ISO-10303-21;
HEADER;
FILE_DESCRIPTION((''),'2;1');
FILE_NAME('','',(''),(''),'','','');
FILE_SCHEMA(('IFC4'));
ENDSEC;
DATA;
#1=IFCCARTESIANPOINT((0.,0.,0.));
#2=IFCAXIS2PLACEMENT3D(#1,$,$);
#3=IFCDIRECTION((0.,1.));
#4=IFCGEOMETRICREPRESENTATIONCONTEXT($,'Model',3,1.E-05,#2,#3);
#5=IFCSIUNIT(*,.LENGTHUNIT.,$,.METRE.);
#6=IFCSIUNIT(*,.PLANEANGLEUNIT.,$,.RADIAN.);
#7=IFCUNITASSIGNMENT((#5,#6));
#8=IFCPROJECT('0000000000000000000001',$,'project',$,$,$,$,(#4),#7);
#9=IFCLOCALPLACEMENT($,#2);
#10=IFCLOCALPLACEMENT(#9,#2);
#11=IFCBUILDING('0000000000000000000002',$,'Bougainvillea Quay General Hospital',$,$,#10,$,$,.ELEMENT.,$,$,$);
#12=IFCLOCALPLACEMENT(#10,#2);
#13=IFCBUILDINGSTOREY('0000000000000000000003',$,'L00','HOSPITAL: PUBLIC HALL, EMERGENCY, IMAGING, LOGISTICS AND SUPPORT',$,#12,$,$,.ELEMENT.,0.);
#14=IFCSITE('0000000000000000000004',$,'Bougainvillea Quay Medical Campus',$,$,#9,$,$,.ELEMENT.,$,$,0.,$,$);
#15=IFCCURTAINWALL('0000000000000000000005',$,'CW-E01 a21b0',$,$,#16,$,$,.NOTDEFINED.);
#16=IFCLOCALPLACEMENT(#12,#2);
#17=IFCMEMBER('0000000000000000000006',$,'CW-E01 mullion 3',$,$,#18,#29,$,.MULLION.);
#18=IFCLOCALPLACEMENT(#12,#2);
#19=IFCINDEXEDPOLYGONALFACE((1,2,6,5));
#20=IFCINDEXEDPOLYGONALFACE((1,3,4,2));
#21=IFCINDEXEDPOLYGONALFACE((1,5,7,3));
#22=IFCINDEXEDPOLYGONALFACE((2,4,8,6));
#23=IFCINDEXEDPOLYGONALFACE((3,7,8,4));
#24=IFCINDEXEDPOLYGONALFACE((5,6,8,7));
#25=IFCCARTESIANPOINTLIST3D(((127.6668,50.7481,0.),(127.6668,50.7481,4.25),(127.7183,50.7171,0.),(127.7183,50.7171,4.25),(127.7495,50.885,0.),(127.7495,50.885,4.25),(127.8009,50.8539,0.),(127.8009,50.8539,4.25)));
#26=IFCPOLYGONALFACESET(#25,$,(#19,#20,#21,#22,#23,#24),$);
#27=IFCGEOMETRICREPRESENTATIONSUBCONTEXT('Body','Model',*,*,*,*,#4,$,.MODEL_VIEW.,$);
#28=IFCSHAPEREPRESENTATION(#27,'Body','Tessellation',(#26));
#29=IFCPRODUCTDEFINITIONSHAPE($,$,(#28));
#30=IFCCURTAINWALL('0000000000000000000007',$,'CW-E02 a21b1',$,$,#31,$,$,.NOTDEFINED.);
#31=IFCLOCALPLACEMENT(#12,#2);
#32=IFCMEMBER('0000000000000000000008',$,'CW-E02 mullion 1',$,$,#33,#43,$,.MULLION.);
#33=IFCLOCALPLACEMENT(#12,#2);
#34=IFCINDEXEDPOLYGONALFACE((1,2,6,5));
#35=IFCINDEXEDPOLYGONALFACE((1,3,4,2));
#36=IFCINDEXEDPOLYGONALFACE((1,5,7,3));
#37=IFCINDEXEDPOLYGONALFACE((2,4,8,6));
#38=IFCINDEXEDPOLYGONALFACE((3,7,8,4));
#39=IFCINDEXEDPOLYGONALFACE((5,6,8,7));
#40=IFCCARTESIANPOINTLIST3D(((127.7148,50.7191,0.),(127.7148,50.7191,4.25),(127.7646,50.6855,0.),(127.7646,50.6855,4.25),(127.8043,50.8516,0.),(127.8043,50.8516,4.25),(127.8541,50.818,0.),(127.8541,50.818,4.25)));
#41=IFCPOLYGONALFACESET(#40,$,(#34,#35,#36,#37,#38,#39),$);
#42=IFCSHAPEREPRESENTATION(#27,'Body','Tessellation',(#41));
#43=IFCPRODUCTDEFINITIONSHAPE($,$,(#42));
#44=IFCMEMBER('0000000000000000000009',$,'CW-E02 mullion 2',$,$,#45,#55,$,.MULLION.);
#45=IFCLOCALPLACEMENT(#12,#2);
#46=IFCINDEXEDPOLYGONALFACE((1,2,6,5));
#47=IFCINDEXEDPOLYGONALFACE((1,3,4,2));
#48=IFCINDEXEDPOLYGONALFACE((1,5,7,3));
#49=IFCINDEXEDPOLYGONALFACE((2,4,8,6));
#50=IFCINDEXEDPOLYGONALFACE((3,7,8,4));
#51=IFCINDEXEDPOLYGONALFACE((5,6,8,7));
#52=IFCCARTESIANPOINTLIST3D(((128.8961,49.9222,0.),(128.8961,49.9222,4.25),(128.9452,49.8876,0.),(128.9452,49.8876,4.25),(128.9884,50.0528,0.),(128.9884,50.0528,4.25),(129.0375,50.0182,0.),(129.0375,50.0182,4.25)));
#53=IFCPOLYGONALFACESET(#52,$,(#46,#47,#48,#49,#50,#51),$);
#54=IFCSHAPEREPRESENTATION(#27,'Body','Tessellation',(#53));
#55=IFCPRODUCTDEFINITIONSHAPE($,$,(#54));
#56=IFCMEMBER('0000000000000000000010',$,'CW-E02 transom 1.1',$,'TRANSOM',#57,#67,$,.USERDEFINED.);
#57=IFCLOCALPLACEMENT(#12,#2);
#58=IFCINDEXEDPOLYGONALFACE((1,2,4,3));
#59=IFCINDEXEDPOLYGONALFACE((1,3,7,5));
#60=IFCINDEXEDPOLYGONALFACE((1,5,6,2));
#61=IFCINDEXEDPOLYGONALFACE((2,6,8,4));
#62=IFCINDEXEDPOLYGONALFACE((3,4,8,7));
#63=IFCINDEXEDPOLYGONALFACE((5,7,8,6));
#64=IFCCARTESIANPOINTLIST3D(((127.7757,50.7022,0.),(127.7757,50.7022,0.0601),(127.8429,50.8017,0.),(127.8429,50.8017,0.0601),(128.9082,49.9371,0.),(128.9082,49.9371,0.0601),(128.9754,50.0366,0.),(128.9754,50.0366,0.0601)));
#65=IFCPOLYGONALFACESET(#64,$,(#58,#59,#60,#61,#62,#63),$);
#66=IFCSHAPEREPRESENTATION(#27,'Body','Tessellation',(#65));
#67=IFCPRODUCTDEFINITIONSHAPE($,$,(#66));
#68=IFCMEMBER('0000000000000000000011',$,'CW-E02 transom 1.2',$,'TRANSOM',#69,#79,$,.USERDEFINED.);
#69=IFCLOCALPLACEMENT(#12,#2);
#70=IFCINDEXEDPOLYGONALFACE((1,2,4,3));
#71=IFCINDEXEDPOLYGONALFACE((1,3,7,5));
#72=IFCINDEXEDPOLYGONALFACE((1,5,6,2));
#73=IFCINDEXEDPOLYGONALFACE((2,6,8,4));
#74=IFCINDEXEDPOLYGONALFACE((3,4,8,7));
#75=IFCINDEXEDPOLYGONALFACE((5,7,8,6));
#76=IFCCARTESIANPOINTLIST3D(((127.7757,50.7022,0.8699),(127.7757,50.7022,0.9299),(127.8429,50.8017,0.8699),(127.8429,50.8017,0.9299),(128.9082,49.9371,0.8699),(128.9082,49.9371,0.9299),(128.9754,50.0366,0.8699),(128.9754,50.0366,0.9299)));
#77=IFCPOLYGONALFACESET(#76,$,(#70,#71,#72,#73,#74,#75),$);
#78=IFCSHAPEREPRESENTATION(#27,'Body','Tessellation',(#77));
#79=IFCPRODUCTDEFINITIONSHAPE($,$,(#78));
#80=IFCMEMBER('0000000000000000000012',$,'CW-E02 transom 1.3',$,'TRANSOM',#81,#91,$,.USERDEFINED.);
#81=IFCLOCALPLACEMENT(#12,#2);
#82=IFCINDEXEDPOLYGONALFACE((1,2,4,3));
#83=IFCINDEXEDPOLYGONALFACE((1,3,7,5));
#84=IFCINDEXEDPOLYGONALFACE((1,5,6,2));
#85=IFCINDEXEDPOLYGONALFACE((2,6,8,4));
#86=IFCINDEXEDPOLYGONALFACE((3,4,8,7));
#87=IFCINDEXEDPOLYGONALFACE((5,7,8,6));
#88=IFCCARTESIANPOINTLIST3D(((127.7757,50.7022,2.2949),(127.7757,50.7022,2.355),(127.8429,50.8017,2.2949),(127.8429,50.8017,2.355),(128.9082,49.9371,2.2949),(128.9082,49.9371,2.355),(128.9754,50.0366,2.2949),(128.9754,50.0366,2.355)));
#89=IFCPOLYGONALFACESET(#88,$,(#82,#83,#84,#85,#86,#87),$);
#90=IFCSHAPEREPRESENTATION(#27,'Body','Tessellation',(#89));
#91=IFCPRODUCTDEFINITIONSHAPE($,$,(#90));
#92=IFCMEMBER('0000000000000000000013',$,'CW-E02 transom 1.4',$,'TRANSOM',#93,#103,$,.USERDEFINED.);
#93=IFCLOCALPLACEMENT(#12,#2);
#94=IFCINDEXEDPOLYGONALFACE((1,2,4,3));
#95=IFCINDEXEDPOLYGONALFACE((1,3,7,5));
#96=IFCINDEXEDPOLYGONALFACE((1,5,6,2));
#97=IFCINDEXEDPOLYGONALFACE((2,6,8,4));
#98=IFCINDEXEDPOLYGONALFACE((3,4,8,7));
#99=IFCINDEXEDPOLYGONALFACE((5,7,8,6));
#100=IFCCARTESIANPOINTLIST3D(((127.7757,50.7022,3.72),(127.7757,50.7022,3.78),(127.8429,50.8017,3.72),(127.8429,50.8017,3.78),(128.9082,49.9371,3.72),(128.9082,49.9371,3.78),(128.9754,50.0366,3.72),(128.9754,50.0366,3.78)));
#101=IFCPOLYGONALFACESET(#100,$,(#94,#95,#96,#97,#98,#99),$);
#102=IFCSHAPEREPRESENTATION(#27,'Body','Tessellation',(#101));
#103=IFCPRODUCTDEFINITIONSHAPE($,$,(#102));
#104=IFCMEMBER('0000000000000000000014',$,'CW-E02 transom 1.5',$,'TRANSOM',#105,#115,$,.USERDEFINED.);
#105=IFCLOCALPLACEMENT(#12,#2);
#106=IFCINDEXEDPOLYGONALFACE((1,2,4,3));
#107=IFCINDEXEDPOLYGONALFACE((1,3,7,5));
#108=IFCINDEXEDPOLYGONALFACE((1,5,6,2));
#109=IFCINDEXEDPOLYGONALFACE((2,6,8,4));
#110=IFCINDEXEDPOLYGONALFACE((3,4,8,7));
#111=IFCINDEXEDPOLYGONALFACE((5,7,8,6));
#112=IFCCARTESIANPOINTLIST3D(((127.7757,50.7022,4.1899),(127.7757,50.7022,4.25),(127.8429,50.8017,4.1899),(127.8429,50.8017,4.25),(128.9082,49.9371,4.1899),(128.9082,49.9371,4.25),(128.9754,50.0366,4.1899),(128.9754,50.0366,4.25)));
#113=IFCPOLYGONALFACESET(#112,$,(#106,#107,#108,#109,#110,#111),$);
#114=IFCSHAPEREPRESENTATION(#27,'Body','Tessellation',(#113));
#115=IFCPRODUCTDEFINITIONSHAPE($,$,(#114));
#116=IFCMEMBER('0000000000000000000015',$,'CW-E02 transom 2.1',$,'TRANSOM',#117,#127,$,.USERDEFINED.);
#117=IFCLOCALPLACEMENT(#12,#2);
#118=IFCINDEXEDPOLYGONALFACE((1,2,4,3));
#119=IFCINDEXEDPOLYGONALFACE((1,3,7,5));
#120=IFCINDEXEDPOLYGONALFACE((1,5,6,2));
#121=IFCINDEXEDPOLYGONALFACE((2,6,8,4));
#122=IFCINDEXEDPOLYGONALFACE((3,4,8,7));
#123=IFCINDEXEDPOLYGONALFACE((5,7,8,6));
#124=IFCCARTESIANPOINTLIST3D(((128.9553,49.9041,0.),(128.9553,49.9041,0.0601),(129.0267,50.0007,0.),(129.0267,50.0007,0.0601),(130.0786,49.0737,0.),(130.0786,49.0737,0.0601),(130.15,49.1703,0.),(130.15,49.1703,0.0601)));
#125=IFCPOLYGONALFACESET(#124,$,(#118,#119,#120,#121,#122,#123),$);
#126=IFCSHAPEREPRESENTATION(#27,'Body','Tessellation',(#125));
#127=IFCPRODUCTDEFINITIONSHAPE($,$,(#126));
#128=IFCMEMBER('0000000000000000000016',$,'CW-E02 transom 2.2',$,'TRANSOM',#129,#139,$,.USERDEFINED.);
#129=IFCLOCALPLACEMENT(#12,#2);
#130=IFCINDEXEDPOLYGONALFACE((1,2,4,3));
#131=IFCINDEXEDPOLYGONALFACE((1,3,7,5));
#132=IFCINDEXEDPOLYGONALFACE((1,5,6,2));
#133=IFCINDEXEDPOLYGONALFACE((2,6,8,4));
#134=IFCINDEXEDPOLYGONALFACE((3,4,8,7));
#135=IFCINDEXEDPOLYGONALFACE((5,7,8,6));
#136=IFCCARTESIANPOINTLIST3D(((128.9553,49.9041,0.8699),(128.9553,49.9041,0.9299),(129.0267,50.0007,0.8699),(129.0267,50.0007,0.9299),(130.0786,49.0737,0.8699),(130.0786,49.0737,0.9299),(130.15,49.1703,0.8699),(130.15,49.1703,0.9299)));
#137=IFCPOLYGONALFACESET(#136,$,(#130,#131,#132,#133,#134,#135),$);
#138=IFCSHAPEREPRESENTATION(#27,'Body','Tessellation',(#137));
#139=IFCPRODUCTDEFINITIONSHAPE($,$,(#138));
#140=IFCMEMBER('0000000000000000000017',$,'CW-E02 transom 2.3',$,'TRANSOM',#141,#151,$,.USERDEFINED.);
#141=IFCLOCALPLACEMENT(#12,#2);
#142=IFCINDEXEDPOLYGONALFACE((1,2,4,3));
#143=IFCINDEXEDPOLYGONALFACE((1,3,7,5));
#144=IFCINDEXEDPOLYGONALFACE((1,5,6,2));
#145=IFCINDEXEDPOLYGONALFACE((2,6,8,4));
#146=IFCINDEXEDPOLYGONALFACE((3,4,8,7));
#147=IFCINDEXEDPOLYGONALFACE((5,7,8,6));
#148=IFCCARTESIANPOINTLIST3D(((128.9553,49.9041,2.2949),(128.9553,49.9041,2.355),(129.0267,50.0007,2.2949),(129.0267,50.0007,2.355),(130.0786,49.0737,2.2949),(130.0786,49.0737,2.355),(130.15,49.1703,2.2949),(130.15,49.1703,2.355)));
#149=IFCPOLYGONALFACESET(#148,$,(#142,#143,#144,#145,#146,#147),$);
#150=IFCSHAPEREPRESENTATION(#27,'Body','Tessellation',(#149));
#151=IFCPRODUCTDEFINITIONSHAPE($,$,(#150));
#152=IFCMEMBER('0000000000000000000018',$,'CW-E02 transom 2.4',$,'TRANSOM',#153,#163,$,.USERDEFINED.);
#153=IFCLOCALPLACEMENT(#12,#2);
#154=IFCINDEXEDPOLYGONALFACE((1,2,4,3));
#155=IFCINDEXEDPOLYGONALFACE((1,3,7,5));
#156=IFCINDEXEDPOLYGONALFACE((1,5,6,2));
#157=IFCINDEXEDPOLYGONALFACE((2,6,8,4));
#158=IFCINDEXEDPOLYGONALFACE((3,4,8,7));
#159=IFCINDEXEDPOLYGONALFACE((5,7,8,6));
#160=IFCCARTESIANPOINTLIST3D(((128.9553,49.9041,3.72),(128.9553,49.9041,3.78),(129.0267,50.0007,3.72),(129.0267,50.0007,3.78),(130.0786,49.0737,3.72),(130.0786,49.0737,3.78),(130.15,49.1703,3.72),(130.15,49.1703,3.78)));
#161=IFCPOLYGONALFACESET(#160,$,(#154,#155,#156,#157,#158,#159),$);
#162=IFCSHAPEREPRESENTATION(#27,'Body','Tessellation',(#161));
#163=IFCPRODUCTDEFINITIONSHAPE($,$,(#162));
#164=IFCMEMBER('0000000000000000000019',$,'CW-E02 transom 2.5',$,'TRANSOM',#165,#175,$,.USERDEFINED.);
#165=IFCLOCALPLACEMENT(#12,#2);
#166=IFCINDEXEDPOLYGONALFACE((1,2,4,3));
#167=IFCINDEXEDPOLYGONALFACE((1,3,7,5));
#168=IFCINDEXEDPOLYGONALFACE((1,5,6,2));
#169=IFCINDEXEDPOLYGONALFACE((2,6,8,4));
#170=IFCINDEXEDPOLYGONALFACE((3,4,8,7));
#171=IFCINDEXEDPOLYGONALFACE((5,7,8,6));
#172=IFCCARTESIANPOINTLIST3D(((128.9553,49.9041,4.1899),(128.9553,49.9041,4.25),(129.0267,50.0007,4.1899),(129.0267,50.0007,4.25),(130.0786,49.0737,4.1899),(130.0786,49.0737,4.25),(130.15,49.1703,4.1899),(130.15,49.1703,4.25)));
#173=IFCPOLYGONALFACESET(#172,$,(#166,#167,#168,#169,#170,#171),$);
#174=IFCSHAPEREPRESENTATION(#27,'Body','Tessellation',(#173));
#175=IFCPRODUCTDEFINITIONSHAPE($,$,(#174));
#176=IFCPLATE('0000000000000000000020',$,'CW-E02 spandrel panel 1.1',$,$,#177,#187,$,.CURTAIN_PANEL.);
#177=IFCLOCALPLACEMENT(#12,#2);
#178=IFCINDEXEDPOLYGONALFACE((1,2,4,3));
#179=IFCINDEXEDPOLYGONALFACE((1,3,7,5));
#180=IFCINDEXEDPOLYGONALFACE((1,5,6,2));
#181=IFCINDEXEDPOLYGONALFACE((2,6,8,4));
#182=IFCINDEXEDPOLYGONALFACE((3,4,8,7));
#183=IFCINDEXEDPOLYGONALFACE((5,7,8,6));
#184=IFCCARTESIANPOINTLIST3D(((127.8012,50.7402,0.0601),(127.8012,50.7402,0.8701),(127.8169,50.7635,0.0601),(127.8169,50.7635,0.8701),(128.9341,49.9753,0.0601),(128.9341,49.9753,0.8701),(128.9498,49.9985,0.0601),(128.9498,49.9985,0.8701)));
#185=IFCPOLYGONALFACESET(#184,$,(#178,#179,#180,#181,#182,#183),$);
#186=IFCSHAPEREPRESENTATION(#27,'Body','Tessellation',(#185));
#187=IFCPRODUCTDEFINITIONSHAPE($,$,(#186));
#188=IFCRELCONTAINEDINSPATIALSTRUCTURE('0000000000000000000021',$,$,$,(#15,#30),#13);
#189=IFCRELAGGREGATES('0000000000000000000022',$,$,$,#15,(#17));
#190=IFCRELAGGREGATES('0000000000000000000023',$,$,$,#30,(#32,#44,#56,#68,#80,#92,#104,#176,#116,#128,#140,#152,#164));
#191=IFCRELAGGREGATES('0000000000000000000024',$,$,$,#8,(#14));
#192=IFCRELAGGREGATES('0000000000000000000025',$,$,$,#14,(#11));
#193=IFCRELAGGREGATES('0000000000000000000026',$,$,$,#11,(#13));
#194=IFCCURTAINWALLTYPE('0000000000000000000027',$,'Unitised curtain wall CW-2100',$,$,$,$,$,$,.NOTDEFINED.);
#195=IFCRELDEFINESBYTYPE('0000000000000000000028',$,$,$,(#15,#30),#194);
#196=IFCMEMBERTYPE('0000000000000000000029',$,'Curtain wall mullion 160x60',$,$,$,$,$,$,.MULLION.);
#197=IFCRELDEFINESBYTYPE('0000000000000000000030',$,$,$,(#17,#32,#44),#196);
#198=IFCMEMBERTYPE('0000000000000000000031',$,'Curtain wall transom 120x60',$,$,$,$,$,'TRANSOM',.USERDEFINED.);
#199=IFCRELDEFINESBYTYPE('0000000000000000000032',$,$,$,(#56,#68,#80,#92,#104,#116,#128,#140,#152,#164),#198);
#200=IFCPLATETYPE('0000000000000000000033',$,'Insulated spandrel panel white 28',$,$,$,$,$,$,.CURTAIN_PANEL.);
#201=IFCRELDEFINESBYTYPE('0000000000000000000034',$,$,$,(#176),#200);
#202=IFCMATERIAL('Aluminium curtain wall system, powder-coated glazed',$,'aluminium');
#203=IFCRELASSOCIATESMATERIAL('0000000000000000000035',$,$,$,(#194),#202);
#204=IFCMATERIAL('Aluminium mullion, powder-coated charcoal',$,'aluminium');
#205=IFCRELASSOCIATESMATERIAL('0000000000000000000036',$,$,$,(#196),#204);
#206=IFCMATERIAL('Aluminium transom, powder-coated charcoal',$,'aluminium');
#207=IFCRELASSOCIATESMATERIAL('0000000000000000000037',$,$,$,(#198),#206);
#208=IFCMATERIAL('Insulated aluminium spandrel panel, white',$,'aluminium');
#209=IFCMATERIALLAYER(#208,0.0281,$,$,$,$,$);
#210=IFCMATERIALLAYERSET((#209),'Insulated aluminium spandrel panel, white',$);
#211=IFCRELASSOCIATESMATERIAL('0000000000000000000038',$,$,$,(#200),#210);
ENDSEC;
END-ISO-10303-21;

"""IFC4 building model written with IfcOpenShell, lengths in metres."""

from ifc_helpers import new_model, si_unit, direction, frame, origin, origin_2d, place, context, subcontext, project, spatial, rectangle, extrude, material, layer, layer_set, material_profile, profile_set, type_object, element, aggregate, save


model = new_model("IFC4")

# Units and contexts
model_context = context("Model", 3, precision=1e-05, world=origin(), true_north=direction((0.0, 1.0)))
body_context = subcontext(model_context, "Body", "Model", "MODEL_VIEW")
ifc_project = project(units=[si_unit("LENGTHUNIT", "METRE"), si_unit("PLANEANGLEUNIT", "RADIAN")], contexts=[model_context])

# Site, building, storey
site_placement = place(None, origin())
site = spatial("IfcSite", under=ifc_project, at=site_placement, Name="Bougainvillea Quay Medical Campus", CompositionType="ELEMENT", RefElevation=0.0)
building_placement = place(site_placement, origin())
building = spatial("IfcBuilding", under=site, at=building_placement, Name="Bougainvillea Quay General Hospital", CompositionType="ELEMENT")
storey_placement = place(building_placement, origin())
storey = spatial("IfcBuildingStorey", under=building, at=storey_placement, Name="L00", Description="HOSPITAL: PUBLIC HALL, EMERGENCY, IMAGING, LOGISTICS AND SUPPORT", CompositionType="ELEMENT", Elevation=0.0)

# Curtain wall, member
ifc_material_1 = material(Name="Aluminium curtain wall system, powder-coated glazed", Category="aluminium")
curtain_wall_type = type_object("IfcCurtainWallType", Name="Unitised curtain wall CW-2100", PredefinedType="NOTDEFINED", material=ifc_material_1)
curtain_wall_1_placement = place(storey_placement, origin())
curtain_wall_1 = element("IfcCurtainWall", 1, at=curtain_wall_1_placement, inside=storey, type_object=curtain_wall_type, Name="CW-E01 a21b0", PredefinedType="NOTDEFINED")
ifc_material_2 = material(Name="Aluminium mullion, powder-coated charcoal", Category="aluminium")
ifc_material_profile_1 = material_profile(ifc_material_2, rectangle(XDim=0.1599, YDim=0.0601, at=origin_2d()))
ifc_profile_set_1 = profile_set([ifc_material_profile_1], Name="Aluminium mullion, powder-coated charcoal")
member_type_1 = type_object("IfcMemberType", Name="Curtain wall mullion 160x60", PredefinedType="MULLION", material=ifc_profile_set_1)
member_1_placement = place(storey_placement, frame((127.7339, 50.801, 0.0), z_axis=(0.0, 0.0, 1.0), x_axis=(0.516938, 0.856023, 0.0)))
member_1 = element("IfcMember", 2, at=member_1_placement, type_object=member_type_1, Name="CW-E01 mullion 3", PredefinedType="MULLION", context=body_context, shape_type="SweptSolid", body=[
    extrude(rectangle(XDim=0.1599, YDim=0.0601, at=origin_2d()), origin(), (0.0, 0.0, 1.0), 4.25),
])
aggregate(curtain_wall_1, [member_1])

# Curtain wall, members, plate
curtain_wall_2_placement = place(storey_placement, origin())
curtain_wall_2 = element("IfcCurtainWall", 3, at=curtain_wall_2_placement, inside=storey, type_object=curtain_wall_type, Name="CW-E02 a21b1", PredefinedType="NOTDEFINED")
member_2_placement = place(storey_placement, frame((127.7844, 50.7686, 0.0), z_axis=(0.0, 0.0, 1.0), x_axis=(0.559637, 0.828738, 0.0)))
member_2 = element("IfcMember", 4, at=member_2_placement, type_object=member_type_1, Name="CW-E02 mullion 1", PredefinedType="MULLION", context=body_context, shape_type="SweptSolid", body=[
    extrude(rectangle(XDim=0.1599, YDim=0.0601, at=origin_2d()), origin(), (0.0, 0.0, 1.0), 4.25),
])
member_3_placement = place(storey_placement, frame((128.9668, 49.9702, 0.0), z_axis=(0.0, 0.0, 1.0), x_axis=(0.577136, 0.816648, 0.0)))
member_3 = element("IfcMember", 5, at=member_3_placement, type_object=member_type_1, Name="CW-E02 mullion 2", PredefinedType="MULLION", context=body_context, shape_type="SweptSolid", body=[
    extrude(rectangle(XDim=0.1599, YDim=0.0601, at=origin_2d()), origin(), (0.0, 0.0, 1.0), 4.25),
])
ifc_material_3 = material(Name="Aluminium transom, powder-coated charcoal", Category="aluminium")
ifc_material_profile_2 = material_profile(ifc_material_3, rectangle(XDim=0.1201, YDim=0.0601, at=origin_2d()))
ifc_profile_set_2 = profile_set([ifc_material_profile_2], Name="Aluminium transom, powder-coated charcoal")
member_type_2 = type_object("IfcMemberType", Name="Curtain wall transom 120x60", ElementType="TRANSOM", PredefinedType="USERDEFINED", material=ifc_profile_set_2)
member_4_placement = place(storey_placement, frame((127.8093, 50.752, 0.03), z_axis=(0.828627, -0.559801, 0.0), x_axis=(0.559801, 0.828627, 0.0)))
member_4 = element("IfcMember", 6, at=member_4_placement, type_object=member_type_2, Name="CW-E02 transom 1.1", ObjectType="TRANSOM", PredefinedType="USERDEFINED", context=body_context, shape_type="SweptSolid", body=[
    extrude(rectangle(XDim=0.1201, YDim=0.0601, at=origin_2d()), origin(), (0.0, 0.0, 1.0), 1.3667),
])
member_5_placement = place(storey_placement, frame((127.8093, 50.752, 0.8999), z_axis=(0.828627, -0.559801, 0.0), x_axis=(0.559801, 0.828627, 0.0)))
member_5 = element("IfcMember", 7, at=member_5_placement, type_object=member_type_2, Name="CW-E02 transom 1.2", ObjectType="TRANSOM", PredefinedType="USERDEFINED", context=body_context, shape_type="SweptSolid", body=[
    extrude(rectangle(XDim=0.1201, YDim=0.0601, at=origin_2d()), origin(), (0.0, 0.0, 1.0), 1.3667),
])
member_6_placement = place(storey_placement, frame((127.8093, 50.752, 2.325), z_axis=(0.828627, -0.559801, 0.0), x_axis=(0.559801, 0.828627, 0.0)))
member_6 = element("IfcMember", 8, at=member_6_placement, type_object=member_type_2, Name="CW-E02 transom 1.3", ObjectType="TRANSOM", PredefinedType="USERDEFINED", context=body_context, shape_type="SweptSolid", body=[
    extrude(rectangle(XDim=0.1201, YDim=0.0601, at=origin_2d()), origin(), (0.0, 0.0, 1.0), 1.3667),
])
member_7_placement = place(storey_placement, frame((127.8093, 50.752, 3.75), z_axis=(0.828627, -0.559801, 0.0), x_axis=(0.559801, 0.828627, 0.0)))
member_7 = element("IfcMember", 9, at=member_7_placement, type_object=member_type_2, Name="CW-E02 transom 1.4", ObjectType="TRANSOM", PredefinedType="USERDEFINED", context=body_context, shape_type="SweptSolid", body=[
    extrude(rectangle(XDim=0.1201, YDim=0.0601, at=origin_2d()), origin(), (0.0, 0.0, 1.0), 1.3667),
])
member_8_placement = place(storey_placement, frame((127.8093, 50.752, 4.22), z_axis=(0.828627, -0.559801, 0.0), x_axis=(0.559801, 0.828627, 0.0)))
member_8 = element("IfcMember", 10, at=member_8_placement, type_object=member_type_2, Name="CW-E02 transom 1.5", ObjectType="TRANSOM", PredefinedType="USERDEFINED", context=body_context, shape_type="SweptSolid", body=[
    extrude(rectangle(XDim=0.1201, YDim=0.0601, at=origin_2d()), origin(), (0.0, 0.0, 1.0), 1.3667),
])
member_9_placement = place(storey_placement, frame((128.991, 49.9524, 0.03), z_axis=(0.804154, -0.594421, 0.0), x_axis=(0.594421, 0.804154, 0.0)))
member_9 = element("IfcMember", 11, at=member_9_placement, type_object=member_type_2, Name="CW-E02 transom 2.1", ObjectType="TRANSOM", PredefinedType="USERDEFINED", context=body_context, shape_type="SweptSolid", body=[
    extrude(rectangle(XDim=0.1201, YDim=0.0601, at=origin_2d()), origin(), (0.0, 0.0, 1.0), 1.397),
])
member_10_placement = place(storey_placement, frame((128.991, 49.9524, 0.8999), z_axis=(0.804154, -0.594421, 0.0), x_axis=(0.594421, 0.804154, 0.0)))
member_10 = element("IfcMember", 12, at=member_10_placement, type_object=member_type_2, Name="CW-E02 transom 2.2", ObjectType="TRANSOM", PredefinedType="USERDEFINED", context=body_context, shape_type="SweptSolid", body=[
    extrude(rectangle(XDim=0.1201, YDim=0.0601, at=origin_2d()), origin(), (0.0, 0.0, 1.0), 1.397),
])
member_11_placement = place(storey_placement, frame((128.991, 49.9524, 2.325), z_axis=(0.804154, -0.594421, 0.0), x_axis=(0.594421, 0.804154, 0.0)))
member_11 = element("IfcMember", 13, at=member_11_placement, type_object=member_type_2, Name="CW-E02 transom 2.3", ObjectType="TRANSOM", PredefinedType="USERDEFINED", context=body_context, shape_type="SweptSolid", body=[
    extrude(rectangle(XDim=0.1201, YDim=0.0601, at=origin_2d()), origin(), (0.0, 0.0, 1.0), 1.397),
])
member_12_placement = place(storey_placement, frame((128.991, 49.9524, 3.75), z_axis=(0.804154, -0.594421, 0.0), x_axis=(0.594421, 0.804154, 0.0)))
member_12 = element("IfcMember", 14, at=member_12_placement, type_object=member_type_2, Name="CW-E02 transom 2.4", ObjectType="TRANSOM", PredefinedType="USERDEFINED", context=body_context, shape_type="SweptSolid", body=[
    extrude(rectangle(XDim=0.1201, YDim=0.0601, at=origin_2d()), origin(), (0.0, 0.0, 1.0), 1.397),
])
member_13_placement = place(storey_placement, frame((128.991, 49.9524, 4.22), z_axis=(0.804154, -0.594421, 0.0), x_axis=(0.594421, 0.804154, 0.0)))
member_13 = element("IfcMember", 15, at=member_13_placement, type_object=member_type_2, Name="CW-E02 transom 2.5", ObjectType="TRANSOM", PredefinedType="USERDEFINED", context=body_context, shape_type="SweptSolid", body=[
    extrude(rectangle(XDim=0.1201, YDim=0.0601, at=origin_2d()), origin(), (0.0, 0.0, 1.0), 1.397),
])
ifc_material_4 = material(Name="Insulated aluminium spandrel panel, white", Category="aluminium")
ifc_layer_1 = layer(ifc_material_4, 0.0281)
ifc_layer_set_1 = layer_set([ifc_layer_1], Name="Insulated aluminium spandrel panel, white")
plate_type_1 = type_object("IfcPlateType", Name="Insulated spandrel panel white 28", PredefinedType="CURTAIN_PANEL", material=ifc_layer_set_1)
plate_1_placement = place(storey_placement, frame((128.3755, 50.3694, 0.0601), z_axis=(0.0, 0.0, 1.0), x_axis=(0.828738, -0.559637, 0.0)))
plate_1 = element("IfcPlate", 16, at=plate_1_placement, type_object=plate_type_1, Name="CW-E02 spandrel panel 1.1", PredefinedType="CURTAIN_PANEL", context=body_context, shape_type="SweptSolid", body=[
    extrude(rectangle(XDim=1.3669, YDim=0.0281, at=origin_2d()), origin(), (0.0, 0.0, 1.0), 0.8101),
])
aggregate(curtain_wall_2, [member_2, member_3, member_4, member_5, member_6, member_7, member_8, plate_1, member_9, member_10, member_11, member_12, member_13])

save(model, "model.ifc")
